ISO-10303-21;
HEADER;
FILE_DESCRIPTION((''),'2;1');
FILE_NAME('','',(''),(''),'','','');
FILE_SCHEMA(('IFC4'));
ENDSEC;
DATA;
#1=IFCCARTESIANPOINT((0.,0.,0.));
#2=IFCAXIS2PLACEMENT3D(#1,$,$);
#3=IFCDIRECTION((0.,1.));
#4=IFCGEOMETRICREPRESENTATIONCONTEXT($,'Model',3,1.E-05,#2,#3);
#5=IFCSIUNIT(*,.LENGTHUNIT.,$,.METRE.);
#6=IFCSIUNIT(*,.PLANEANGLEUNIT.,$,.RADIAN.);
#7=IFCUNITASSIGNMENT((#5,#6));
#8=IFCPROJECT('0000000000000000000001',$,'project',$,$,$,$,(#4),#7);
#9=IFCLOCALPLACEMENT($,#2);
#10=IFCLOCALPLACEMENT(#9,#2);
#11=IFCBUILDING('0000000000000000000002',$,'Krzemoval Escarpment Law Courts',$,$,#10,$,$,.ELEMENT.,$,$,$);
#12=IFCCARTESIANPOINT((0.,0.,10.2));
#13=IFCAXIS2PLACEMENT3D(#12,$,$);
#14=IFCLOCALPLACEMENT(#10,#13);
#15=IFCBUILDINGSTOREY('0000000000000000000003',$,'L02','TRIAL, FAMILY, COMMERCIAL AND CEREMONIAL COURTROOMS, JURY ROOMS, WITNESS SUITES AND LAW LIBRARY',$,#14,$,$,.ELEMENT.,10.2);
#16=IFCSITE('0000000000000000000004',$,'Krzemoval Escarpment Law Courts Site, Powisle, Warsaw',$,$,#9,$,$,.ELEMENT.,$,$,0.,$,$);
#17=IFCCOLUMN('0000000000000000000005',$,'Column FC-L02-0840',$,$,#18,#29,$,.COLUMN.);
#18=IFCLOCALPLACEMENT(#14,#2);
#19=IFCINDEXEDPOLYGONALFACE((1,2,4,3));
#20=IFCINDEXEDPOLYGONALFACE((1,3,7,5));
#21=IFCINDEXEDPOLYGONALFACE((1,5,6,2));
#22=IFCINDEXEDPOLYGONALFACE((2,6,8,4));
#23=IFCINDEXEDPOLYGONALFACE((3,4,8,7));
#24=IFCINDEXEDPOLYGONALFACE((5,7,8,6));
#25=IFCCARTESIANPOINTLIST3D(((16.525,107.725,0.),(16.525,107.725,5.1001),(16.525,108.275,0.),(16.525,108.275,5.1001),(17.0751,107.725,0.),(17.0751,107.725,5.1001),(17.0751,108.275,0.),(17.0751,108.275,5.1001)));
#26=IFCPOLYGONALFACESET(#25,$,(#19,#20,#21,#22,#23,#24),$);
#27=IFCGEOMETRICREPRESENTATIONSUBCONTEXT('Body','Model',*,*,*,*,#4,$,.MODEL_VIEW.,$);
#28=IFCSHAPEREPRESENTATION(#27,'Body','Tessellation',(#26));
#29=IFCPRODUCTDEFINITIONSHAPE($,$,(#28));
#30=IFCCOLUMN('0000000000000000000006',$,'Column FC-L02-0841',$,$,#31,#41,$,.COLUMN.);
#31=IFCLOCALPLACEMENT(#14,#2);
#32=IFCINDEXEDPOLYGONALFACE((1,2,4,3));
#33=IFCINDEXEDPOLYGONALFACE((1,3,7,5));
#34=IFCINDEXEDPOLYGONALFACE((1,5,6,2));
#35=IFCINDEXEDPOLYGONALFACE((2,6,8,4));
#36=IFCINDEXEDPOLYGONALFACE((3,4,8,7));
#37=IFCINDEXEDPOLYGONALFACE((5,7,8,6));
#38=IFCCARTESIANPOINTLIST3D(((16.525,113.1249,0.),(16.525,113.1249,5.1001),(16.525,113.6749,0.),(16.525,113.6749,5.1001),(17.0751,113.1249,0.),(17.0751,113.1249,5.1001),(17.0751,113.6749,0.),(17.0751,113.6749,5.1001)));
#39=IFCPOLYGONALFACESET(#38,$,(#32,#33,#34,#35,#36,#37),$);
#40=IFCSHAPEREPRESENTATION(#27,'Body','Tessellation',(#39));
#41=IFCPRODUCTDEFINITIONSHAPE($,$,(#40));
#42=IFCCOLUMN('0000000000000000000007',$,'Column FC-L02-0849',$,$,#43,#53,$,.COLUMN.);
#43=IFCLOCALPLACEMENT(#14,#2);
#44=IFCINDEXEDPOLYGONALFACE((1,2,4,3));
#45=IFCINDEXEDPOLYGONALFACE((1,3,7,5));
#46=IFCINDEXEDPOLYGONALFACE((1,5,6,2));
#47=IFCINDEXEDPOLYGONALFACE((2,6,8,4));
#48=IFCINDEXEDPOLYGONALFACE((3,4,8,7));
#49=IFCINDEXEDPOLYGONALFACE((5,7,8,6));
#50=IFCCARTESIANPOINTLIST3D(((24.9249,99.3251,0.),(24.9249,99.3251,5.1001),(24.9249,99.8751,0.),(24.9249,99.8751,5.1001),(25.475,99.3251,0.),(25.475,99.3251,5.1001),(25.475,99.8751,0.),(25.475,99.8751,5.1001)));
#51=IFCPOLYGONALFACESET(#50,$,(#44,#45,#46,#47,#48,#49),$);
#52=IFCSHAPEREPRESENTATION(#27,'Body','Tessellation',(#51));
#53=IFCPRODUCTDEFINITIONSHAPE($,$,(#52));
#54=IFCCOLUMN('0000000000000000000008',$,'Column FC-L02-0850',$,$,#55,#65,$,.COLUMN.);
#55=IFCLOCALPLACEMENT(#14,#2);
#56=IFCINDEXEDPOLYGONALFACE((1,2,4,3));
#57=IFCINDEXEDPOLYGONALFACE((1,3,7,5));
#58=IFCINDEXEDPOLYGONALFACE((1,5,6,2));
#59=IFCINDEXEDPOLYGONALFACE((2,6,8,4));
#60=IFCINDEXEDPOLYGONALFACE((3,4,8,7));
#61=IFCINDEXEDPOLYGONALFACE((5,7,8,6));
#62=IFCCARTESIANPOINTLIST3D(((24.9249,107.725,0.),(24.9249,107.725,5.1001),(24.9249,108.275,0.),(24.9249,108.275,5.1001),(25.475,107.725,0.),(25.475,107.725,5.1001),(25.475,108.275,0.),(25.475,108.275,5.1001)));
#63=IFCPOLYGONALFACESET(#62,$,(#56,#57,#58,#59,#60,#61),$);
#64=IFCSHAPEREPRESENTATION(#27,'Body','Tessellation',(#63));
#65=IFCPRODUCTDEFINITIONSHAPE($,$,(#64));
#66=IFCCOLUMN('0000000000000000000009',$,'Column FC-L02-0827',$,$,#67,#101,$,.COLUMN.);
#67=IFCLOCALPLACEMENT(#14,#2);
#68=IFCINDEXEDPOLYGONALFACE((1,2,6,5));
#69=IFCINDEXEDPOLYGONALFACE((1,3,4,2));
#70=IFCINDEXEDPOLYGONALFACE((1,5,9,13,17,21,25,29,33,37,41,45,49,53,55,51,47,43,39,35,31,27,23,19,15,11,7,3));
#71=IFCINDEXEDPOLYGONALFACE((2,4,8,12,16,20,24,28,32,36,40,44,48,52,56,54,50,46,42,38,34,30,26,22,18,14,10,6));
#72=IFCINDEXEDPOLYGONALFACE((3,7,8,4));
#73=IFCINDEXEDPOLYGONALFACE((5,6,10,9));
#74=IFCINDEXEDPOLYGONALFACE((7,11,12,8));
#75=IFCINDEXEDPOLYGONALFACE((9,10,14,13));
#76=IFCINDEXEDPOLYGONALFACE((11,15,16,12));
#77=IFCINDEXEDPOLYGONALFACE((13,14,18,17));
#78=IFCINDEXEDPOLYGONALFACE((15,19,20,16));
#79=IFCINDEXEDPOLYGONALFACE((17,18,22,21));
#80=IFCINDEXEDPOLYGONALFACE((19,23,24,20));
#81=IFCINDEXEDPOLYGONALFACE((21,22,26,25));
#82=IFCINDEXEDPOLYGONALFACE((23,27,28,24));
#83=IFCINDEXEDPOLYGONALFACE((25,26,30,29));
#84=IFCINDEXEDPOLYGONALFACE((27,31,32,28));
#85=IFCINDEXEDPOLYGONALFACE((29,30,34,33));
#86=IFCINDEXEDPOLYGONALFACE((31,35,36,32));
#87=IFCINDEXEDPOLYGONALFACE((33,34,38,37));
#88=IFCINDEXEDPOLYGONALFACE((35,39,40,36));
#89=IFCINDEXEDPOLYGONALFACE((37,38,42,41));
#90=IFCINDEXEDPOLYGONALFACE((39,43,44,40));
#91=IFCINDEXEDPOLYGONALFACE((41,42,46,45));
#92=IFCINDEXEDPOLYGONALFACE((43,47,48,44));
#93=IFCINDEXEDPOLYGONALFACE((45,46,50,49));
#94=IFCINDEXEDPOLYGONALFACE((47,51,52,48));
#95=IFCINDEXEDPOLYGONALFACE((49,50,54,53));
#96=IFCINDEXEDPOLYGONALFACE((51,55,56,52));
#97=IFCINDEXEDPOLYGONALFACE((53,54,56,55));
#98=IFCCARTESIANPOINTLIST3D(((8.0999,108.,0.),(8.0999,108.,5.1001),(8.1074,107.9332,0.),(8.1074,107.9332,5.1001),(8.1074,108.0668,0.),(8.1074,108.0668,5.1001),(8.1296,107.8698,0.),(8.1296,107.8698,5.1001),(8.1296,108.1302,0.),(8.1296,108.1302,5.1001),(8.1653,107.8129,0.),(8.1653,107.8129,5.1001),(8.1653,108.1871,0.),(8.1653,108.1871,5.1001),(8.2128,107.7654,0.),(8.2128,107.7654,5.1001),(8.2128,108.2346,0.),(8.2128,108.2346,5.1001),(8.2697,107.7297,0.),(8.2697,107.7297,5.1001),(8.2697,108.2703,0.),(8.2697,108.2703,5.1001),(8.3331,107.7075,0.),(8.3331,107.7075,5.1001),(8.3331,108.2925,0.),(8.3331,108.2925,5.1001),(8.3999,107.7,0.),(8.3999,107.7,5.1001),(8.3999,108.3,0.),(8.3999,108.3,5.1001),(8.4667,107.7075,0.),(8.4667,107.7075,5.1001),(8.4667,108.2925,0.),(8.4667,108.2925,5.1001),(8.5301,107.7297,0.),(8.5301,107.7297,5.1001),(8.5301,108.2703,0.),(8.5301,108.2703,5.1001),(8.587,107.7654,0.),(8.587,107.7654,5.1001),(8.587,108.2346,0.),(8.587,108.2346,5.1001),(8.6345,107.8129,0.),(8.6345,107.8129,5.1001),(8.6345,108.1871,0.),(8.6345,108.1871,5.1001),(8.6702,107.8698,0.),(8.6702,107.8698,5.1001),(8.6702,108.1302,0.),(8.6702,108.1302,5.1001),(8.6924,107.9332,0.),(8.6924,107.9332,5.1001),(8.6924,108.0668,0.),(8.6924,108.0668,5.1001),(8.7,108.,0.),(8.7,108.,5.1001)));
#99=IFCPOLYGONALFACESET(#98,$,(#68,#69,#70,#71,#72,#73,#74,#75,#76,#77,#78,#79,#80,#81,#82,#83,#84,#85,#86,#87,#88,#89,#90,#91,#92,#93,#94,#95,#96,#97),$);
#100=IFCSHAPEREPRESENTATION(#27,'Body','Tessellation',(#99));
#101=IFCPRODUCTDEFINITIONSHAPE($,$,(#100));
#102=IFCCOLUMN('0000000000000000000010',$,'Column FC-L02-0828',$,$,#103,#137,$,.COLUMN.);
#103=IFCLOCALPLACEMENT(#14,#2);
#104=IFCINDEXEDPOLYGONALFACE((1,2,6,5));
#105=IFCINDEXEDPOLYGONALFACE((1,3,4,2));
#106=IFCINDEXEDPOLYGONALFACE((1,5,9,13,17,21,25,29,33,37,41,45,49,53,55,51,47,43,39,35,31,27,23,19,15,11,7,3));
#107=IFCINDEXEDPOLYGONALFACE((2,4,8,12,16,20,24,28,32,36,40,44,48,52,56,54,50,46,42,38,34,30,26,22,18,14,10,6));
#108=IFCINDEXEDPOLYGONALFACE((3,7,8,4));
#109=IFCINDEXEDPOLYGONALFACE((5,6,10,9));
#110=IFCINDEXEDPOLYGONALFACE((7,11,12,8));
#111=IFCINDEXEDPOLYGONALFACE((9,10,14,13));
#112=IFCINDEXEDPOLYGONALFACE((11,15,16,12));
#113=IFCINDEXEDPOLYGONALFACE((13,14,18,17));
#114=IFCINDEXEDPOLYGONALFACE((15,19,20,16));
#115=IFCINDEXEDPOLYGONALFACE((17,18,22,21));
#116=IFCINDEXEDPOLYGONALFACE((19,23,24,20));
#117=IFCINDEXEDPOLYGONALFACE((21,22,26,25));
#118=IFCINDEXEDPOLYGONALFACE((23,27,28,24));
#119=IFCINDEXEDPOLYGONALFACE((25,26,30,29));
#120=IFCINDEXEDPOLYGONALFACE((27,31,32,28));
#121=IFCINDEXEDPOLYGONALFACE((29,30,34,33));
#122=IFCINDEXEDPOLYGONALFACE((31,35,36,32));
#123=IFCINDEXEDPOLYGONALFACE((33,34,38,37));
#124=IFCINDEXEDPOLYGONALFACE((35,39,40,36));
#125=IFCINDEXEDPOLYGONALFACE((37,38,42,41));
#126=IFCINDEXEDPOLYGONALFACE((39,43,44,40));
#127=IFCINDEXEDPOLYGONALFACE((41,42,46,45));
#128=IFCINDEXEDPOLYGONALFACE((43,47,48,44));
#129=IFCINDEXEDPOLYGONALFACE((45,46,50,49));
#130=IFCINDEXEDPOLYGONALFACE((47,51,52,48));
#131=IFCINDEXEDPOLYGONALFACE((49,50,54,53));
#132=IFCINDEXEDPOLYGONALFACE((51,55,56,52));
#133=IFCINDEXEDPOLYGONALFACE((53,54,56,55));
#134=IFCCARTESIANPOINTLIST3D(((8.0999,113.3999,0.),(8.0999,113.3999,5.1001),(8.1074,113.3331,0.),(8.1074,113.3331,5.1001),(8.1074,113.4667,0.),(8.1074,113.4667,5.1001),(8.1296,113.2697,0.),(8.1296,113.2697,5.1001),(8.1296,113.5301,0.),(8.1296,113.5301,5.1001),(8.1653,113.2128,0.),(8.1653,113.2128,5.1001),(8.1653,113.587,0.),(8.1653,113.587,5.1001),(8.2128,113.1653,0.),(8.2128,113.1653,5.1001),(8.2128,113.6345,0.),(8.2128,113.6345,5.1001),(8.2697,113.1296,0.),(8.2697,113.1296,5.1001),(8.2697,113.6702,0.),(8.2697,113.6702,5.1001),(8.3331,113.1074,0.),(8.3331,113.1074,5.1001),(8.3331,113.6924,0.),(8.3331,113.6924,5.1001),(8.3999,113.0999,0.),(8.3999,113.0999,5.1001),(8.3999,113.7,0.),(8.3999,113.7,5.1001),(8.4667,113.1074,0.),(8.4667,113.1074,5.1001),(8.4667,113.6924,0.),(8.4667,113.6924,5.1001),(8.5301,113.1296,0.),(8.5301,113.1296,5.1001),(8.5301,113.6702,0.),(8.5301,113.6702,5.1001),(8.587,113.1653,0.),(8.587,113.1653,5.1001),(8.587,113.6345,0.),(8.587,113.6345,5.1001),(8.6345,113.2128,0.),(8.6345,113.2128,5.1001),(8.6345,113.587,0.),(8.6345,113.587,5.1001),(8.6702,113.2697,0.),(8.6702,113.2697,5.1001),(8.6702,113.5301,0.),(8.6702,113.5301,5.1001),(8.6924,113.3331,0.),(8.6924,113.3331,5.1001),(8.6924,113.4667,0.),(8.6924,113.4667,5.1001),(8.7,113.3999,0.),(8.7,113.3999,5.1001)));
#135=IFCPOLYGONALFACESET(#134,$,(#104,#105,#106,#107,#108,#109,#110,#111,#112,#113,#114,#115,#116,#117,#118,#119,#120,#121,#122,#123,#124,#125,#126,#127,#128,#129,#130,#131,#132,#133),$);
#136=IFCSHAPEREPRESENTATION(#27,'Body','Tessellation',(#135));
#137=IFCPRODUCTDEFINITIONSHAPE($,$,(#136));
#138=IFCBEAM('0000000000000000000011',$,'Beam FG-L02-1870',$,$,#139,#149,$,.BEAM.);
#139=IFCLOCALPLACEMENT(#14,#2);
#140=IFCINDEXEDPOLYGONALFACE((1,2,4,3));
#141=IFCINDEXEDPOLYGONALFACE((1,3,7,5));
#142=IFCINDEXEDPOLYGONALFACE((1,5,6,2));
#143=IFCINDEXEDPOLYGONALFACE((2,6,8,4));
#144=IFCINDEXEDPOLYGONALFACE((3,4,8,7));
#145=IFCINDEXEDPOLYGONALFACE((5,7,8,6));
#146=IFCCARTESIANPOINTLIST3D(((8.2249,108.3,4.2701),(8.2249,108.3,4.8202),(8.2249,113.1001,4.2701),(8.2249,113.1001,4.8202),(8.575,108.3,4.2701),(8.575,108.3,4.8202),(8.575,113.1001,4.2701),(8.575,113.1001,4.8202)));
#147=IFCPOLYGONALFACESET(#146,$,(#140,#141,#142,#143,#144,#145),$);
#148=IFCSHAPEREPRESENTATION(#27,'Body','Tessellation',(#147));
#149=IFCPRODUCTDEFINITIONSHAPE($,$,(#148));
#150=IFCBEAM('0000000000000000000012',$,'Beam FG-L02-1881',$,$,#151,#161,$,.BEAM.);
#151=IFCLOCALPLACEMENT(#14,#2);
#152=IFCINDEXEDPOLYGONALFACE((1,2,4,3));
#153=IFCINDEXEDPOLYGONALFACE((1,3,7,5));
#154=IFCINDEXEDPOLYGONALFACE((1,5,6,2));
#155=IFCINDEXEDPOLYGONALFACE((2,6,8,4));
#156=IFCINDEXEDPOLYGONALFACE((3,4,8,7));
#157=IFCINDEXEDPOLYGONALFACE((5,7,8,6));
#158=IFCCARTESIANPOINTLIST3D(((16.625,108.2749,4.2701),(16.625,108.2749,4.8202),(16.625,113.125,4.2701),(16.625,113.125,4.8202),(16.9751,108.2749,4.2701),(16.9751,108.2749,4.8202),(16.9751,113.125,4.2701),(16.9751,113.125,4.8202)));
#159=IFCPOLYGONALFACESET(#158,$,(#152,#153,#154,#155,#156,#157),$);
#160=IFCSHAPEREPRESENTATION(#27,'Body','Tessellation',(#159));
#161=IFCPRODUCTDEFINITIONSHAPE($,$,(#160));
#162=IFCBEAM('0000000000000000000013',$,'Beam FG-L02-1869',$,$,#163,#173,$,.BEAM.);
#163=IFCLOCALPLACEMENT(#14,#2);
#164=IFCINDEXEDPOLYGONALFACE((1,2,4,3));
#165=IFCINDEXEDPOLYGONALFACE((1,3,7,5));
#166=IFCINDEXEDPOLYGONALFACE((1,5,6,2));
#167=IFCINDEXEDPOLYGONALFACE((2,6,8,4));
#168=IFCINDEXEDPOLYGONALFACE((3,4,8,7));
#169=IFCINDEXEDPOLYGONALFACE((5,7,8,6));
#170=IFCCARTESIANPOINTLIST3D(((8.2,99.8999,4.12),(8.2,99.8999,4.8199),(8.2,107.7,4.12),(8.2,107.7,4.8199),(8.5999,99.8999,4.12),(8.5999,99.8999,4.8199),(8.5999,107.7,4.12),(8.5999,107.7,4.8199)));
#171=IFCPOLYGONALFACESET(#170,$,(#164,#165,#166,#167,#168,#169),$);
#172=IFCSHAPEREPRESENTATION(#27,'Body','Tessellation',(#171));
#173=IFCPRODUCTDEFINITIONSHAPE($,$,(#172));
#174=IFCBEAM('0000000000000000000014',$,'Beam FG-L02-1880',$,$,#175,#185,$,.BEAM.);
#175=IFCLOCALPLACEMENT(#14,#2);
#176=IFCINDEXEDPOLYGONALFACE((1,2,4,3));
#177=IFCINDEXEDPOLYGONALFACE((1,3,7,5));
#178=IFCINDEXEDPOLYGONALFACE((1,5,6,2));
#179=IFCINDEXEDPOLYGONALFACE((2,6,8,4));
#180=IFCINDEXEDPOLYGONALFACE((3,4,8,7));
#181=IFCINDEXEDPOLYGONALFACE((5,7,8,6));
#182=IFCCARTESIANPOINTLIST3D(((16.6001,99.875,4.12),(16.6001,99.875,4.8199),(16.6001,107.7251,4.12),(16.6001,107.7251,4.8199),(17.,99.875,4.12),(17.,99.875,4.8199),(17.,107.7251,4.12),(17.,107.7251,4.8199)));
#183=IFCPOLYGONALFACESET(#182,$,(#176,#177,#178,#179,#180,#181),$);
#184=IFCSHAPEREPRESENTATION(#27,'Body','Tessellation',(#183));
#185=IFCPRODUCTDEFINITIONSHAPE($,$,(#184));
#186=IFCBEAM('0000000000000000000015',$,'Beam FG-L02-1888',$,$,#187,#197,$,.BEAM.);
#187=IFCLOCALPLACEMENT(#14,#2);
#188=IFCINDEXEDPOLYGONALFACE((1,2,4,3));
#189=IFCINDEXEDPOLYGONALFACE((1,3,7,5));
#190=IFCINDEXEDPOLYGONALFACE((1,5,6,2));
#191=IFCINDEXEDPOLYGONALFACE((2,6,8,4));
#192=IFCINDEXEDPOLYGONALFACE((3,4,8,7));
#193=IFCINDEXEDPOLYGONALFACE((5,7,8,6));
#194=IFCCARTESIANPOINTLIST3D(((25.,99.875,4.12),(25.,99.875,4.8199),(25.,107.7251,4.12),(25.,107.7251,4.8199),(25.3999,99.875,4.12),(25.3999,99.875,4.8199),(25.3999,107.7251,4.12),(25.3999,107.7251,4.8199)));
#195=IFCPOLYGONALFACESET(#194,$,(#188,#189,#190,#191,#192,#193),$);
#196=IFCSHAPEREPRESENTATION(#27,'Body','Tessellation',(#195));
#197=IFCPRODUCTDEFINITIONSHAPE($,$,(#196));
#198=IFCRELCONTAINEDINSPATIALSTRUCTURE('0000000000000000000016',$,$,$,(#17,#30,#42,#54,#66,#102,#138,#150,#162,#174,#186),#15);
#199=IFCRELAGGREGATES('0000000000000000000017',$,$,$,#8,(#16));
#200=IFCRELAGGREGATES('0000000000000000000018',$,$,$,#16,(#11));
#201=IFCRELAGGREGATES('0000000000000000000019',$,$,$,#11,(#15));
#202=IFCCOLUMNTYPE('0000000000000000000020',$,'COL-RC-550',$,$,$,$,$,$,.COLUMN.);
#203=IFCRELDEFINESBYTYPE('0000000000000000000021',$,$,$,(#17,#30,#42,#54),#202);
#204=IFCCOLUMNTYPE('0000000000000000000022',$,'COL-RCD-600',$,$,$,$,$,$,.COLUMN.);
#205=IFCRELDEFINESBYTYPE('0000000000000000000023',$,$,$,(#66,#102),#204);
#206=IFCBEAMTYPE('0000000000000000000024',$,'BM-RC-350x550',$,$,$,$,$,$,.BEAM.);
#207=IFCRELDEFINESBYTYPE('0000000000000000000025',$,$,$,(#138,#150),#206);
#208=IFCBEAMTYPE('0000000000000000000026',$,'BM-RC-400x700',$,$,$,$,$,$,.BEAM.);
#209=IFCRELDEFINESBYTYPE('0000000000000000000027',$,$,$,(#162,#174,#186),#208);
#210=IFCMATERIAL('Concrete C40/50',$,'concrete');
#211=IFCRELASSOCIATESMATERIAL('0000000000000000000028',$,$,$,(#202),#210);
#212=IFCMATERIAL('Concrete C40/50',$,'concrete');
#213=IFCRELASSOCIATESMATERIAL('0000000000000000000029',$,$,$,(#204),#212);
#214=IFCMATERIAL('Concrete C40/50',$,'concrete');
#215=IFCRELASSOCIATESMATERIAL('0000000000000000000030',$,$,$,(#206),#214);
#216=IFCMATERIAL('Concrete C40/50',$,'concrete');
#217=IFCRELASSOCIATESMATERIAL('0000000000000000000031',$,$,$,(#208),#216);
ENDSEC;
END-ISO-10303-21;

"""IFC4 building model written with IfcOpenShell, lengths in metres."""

from ifc_helpers import new_model, si_unit, direction, frame, origin, origin_2d, place, context, subcontext, project, spatial, rectangle, circle, extrude, material, material_profile, profile_set, type_object, element, save


model = new_model("IFC4")

# Units and contexts
model_context = context("Model", 3, precision=1e-05, world=origin(), true_north=direction((0.0, 1.0)))
body_context = subcontext(model_context, "Body", "Model", "MODEL_VIEW")
ifc_project = project(units=[si_unit("LENGTHUNIT", "METRE"), si_unit("PLANEANGLEUNIT", "RADIAN")], contexts=[model_context])

# Site, building, storey
site_placement = place(None, origin())
site = spatial("IfcSite", under=ifc_project, at=site_placement, Name="Krzemoval Escarpment Law Courts Site, Powisle, Warsaw", CompositionType="ELEMENT", RefElevation=0.0)
building_placement = place(site_placement, origin())
building = spatial("IfcBuilding", under=site, at=building_placement, Name="Krzemoval Escarpment Law Courts", CompositionType="ELEMENT")
storey_placement = place(building_placement, frame((0.0, 0.0, 10.2)))
storey = spatial("IfcBuildingStorey", under=building, at=storey_placement, Name="L02", Description="TRIAL, FAMILY, COMMERCIAL AND CEREMONIAL COURTROOMS, JURY ROOMS, WITNESS SUITES AND LAW LIBRARY", CompositionType="ELEMENT", Elevation=10.2)

# Columns
ifc_material_1 = material(Name="Concrete C40/50", Category="concrete")
ifc_material_profile_1 = material_profile(ifc_material_1, rectangle(XDim=0.55, YDim=0.55, at=origin_2d()), Name="RC 550x550")
ifc_profile_set_1 = profile_set([ifc_material_profile_1], Name="Concrete C40/50")
column_type_1 = type_object("IfcColumnType", Name="COL-RC-550", PredefinedType="COLUMN", material=ifc_profile_set_1)
for number, where, z_axis, x_axis, name in (
    (1, (16.8, 108.0, 0.0), (0.0, 0.0, 1.0), (1.0, 0.0, 0.0), "Column FC-L02-0840"),
    (2, (16.8, 113.3999, 0.0), (0.0, 0.0, 1.0), (1.0, 0.0, 0.0), "Column FC-L02-0841"),
    (3, (25.2, 99.6001, 0.0), (0.0, 0.0, 1.0), (1.0, 0.0, 0.0), "Column FC-L02-0849"),
    (4, (25.2, 108.0, 0.0), (0.0, 0.0, 1.0), (1.0, 0.0, 0.0), "Column FC-L02-0850"),
):
    element("IfcColumn", number, at=place(storey_placement, frame(where, z_axis=z_axis, x_axis=x_axis)), inside=storey, type_object=column_type_1, Name=name, PredefinedType="COLUMN", context=body_context, shape_type="SweptSolid", body=[
        extrude(rectangle(XDim=0.55, YDim=0.55, at=origin_2d()), origin(), (0.0, 0.0, 1.0), 5.1001),
    ])
ifc_material_2 = material(Name="Concrete C40/50", Category="concrete")
ifc_material_profile_2 = material_profile(ifc_material_2, circle(Radius=0.3, at=origin_2d()), Name="RC D600")
ifc_profile_set_2 = profile_set([ifc_material_profile_2], Name="Concrete C40/50")
column_type_2 = type_object("IfcColumnType", Name="COL-RCD-600", PredefinedType="COLUMN", material=ifc_profile_set_2)
for number, where, z_axis, x_axis, name in (
    (5, (8.3999, 108.0, 0.0), (0.0, 0.0, 1.0), (1.0, 0.0, 0.0), "Column FC-L02-0827"),
    (6, (8.3999, 113.3999, 0.0), (0.0, 0.0, 1.0), (1.0, 0.0, 0.0), "Column FC-L02-0828"),
):
    element("IfcColumn", number, at=place(storey_placement, frame(where, z_axis=z_axis, x_axis=x_axis)), inside=storey, type_object=column_type_2, Name=name, PredefinedType="COLUMN", context=body_context, shape_type="SweptSolid", body=[
        extrude(circle(Radius=0.3, at=origin_2d()), origin(), (0.0, 0.0, 1.0), 5.1001),
    ])

# Beams
ifc_material_3 = material(Name="Concrete C40/50", Category="concrete")
ifc_material_profile_3 = material_profile(ifc_material_3, rectangle(XDim=0.3501, YDim=0.55, at=origin_2d()), Name="RCB 350x550")
ifc_profile_set_3 = profile_set([ifc_material_profile_3], Name="Concrete C40/50")
beam_type_1 = type_object("IfcBeamType", Name="BM-RC-350x550", PredefinedType="BEAM", material=ifc_profile_set_3)
beam_1_placement = place(storey_placement, frame((8.3999, 108.3, 4.5452), z_axis=(0.0, 1.0, 0.0), x_axis=(-1.0, 0.0, 0.0)))
element("IfcBeam", 7, at=beam_1_placement, inside=storey, type_object=beam_type_1, Name="Beam FG-L02-1870", PredefinedType="BEAM", context=body_context, shape_type="SweptSolid", body=[
    extrude(rectangle(XDim=0.3501, YDim=0.55, at=origin_2d()), origin(), (0.0, 0.0, 1.0), 4.8),
])
beam_2_placement = place(storey_placement, frame((16.8, 108.2749, 4.5452), z_axis=(0.0, 1.0, 0.0), x_axis=(-1.0, 0.0, 0.0)))
element("IfcBeam", 8, at=beam_2_placement, inside=storey, type_object=beam_type_1, Name="Beam FG-L02-1881", PredefinedType="BEAM", context=body_context, shape_type="SweptSolid", body=[
    extrude(rectangle(XDim=0.3501, YDim=0.55, at=origin_2d()), origin(), (0.0, 0.0, 1.0), 4.8501),
])
ifc_material_4 = material(Name="Concrete C40/50", Category="concrete")
ifc_material_profile_4 = material_profile(ifc_material_4, rectangle(XDim=0.3999, YDim=0.7, at=origin_2d()), Name="RCB 400x700")
ifc_profile_set_4 = profile_set([ifc_material_profile_4], Name="Concrete C40/50")
beam_type_2 = type_object("IfcBeamType", Name="BM-RC-400x700", PredefinedType="BEAM", material=ifc_profile_set_4)
beam_3_placement = place(storey_placement, frame((8.3999, 99.8999, 4.47), z_axis=(0.0, 1.0, 0.0), x_axis=(-1.0, 0.0, 0.0)))
element("IfcBeam", 9, at=beam_3_placement, inside=storey, type_object=beam_type_2, Name="Beam FG-L02-1869", PredefinedType="BEAM", context=body_context, shape_type="SweptSolid", body=[
    extrude(rectangle(XDim=0.3999, YDim=0.7, at=origin_2d()), origin(), (0.0, 0.0, 1.0), 7.8),
])
for number, where, z_axis, x_axis, name in (
    (10, (16.8, 99.875, 4.47), (0.0, 1.0, 0.0), (-1.0, 0.0, 0.0), "Beam FG-L02-1880"),
    (11, (25.2, 99.875, 4.47), (0.0, 1.0, 0.0), (-1.0, 0.0, 0.0), "Beam FG-L02-1888"),
):
    element("IfcBeam", number, at=place(storey_placement, frame(where, z_axis=z_axis, x_axis=x_axis)), inside=storey, type_object=beam_type_2, Name=name, PredefinedType="BEAM", context=body_context, shape_type="SweptSolid", body=[
        extrude(rectangle(XDim=0.3999, YDim=0.7, at=origin_2d()), origin(), (0.0, 0.0, 1.0), 7.8501),
    ])

save(model, "model.ifc")
